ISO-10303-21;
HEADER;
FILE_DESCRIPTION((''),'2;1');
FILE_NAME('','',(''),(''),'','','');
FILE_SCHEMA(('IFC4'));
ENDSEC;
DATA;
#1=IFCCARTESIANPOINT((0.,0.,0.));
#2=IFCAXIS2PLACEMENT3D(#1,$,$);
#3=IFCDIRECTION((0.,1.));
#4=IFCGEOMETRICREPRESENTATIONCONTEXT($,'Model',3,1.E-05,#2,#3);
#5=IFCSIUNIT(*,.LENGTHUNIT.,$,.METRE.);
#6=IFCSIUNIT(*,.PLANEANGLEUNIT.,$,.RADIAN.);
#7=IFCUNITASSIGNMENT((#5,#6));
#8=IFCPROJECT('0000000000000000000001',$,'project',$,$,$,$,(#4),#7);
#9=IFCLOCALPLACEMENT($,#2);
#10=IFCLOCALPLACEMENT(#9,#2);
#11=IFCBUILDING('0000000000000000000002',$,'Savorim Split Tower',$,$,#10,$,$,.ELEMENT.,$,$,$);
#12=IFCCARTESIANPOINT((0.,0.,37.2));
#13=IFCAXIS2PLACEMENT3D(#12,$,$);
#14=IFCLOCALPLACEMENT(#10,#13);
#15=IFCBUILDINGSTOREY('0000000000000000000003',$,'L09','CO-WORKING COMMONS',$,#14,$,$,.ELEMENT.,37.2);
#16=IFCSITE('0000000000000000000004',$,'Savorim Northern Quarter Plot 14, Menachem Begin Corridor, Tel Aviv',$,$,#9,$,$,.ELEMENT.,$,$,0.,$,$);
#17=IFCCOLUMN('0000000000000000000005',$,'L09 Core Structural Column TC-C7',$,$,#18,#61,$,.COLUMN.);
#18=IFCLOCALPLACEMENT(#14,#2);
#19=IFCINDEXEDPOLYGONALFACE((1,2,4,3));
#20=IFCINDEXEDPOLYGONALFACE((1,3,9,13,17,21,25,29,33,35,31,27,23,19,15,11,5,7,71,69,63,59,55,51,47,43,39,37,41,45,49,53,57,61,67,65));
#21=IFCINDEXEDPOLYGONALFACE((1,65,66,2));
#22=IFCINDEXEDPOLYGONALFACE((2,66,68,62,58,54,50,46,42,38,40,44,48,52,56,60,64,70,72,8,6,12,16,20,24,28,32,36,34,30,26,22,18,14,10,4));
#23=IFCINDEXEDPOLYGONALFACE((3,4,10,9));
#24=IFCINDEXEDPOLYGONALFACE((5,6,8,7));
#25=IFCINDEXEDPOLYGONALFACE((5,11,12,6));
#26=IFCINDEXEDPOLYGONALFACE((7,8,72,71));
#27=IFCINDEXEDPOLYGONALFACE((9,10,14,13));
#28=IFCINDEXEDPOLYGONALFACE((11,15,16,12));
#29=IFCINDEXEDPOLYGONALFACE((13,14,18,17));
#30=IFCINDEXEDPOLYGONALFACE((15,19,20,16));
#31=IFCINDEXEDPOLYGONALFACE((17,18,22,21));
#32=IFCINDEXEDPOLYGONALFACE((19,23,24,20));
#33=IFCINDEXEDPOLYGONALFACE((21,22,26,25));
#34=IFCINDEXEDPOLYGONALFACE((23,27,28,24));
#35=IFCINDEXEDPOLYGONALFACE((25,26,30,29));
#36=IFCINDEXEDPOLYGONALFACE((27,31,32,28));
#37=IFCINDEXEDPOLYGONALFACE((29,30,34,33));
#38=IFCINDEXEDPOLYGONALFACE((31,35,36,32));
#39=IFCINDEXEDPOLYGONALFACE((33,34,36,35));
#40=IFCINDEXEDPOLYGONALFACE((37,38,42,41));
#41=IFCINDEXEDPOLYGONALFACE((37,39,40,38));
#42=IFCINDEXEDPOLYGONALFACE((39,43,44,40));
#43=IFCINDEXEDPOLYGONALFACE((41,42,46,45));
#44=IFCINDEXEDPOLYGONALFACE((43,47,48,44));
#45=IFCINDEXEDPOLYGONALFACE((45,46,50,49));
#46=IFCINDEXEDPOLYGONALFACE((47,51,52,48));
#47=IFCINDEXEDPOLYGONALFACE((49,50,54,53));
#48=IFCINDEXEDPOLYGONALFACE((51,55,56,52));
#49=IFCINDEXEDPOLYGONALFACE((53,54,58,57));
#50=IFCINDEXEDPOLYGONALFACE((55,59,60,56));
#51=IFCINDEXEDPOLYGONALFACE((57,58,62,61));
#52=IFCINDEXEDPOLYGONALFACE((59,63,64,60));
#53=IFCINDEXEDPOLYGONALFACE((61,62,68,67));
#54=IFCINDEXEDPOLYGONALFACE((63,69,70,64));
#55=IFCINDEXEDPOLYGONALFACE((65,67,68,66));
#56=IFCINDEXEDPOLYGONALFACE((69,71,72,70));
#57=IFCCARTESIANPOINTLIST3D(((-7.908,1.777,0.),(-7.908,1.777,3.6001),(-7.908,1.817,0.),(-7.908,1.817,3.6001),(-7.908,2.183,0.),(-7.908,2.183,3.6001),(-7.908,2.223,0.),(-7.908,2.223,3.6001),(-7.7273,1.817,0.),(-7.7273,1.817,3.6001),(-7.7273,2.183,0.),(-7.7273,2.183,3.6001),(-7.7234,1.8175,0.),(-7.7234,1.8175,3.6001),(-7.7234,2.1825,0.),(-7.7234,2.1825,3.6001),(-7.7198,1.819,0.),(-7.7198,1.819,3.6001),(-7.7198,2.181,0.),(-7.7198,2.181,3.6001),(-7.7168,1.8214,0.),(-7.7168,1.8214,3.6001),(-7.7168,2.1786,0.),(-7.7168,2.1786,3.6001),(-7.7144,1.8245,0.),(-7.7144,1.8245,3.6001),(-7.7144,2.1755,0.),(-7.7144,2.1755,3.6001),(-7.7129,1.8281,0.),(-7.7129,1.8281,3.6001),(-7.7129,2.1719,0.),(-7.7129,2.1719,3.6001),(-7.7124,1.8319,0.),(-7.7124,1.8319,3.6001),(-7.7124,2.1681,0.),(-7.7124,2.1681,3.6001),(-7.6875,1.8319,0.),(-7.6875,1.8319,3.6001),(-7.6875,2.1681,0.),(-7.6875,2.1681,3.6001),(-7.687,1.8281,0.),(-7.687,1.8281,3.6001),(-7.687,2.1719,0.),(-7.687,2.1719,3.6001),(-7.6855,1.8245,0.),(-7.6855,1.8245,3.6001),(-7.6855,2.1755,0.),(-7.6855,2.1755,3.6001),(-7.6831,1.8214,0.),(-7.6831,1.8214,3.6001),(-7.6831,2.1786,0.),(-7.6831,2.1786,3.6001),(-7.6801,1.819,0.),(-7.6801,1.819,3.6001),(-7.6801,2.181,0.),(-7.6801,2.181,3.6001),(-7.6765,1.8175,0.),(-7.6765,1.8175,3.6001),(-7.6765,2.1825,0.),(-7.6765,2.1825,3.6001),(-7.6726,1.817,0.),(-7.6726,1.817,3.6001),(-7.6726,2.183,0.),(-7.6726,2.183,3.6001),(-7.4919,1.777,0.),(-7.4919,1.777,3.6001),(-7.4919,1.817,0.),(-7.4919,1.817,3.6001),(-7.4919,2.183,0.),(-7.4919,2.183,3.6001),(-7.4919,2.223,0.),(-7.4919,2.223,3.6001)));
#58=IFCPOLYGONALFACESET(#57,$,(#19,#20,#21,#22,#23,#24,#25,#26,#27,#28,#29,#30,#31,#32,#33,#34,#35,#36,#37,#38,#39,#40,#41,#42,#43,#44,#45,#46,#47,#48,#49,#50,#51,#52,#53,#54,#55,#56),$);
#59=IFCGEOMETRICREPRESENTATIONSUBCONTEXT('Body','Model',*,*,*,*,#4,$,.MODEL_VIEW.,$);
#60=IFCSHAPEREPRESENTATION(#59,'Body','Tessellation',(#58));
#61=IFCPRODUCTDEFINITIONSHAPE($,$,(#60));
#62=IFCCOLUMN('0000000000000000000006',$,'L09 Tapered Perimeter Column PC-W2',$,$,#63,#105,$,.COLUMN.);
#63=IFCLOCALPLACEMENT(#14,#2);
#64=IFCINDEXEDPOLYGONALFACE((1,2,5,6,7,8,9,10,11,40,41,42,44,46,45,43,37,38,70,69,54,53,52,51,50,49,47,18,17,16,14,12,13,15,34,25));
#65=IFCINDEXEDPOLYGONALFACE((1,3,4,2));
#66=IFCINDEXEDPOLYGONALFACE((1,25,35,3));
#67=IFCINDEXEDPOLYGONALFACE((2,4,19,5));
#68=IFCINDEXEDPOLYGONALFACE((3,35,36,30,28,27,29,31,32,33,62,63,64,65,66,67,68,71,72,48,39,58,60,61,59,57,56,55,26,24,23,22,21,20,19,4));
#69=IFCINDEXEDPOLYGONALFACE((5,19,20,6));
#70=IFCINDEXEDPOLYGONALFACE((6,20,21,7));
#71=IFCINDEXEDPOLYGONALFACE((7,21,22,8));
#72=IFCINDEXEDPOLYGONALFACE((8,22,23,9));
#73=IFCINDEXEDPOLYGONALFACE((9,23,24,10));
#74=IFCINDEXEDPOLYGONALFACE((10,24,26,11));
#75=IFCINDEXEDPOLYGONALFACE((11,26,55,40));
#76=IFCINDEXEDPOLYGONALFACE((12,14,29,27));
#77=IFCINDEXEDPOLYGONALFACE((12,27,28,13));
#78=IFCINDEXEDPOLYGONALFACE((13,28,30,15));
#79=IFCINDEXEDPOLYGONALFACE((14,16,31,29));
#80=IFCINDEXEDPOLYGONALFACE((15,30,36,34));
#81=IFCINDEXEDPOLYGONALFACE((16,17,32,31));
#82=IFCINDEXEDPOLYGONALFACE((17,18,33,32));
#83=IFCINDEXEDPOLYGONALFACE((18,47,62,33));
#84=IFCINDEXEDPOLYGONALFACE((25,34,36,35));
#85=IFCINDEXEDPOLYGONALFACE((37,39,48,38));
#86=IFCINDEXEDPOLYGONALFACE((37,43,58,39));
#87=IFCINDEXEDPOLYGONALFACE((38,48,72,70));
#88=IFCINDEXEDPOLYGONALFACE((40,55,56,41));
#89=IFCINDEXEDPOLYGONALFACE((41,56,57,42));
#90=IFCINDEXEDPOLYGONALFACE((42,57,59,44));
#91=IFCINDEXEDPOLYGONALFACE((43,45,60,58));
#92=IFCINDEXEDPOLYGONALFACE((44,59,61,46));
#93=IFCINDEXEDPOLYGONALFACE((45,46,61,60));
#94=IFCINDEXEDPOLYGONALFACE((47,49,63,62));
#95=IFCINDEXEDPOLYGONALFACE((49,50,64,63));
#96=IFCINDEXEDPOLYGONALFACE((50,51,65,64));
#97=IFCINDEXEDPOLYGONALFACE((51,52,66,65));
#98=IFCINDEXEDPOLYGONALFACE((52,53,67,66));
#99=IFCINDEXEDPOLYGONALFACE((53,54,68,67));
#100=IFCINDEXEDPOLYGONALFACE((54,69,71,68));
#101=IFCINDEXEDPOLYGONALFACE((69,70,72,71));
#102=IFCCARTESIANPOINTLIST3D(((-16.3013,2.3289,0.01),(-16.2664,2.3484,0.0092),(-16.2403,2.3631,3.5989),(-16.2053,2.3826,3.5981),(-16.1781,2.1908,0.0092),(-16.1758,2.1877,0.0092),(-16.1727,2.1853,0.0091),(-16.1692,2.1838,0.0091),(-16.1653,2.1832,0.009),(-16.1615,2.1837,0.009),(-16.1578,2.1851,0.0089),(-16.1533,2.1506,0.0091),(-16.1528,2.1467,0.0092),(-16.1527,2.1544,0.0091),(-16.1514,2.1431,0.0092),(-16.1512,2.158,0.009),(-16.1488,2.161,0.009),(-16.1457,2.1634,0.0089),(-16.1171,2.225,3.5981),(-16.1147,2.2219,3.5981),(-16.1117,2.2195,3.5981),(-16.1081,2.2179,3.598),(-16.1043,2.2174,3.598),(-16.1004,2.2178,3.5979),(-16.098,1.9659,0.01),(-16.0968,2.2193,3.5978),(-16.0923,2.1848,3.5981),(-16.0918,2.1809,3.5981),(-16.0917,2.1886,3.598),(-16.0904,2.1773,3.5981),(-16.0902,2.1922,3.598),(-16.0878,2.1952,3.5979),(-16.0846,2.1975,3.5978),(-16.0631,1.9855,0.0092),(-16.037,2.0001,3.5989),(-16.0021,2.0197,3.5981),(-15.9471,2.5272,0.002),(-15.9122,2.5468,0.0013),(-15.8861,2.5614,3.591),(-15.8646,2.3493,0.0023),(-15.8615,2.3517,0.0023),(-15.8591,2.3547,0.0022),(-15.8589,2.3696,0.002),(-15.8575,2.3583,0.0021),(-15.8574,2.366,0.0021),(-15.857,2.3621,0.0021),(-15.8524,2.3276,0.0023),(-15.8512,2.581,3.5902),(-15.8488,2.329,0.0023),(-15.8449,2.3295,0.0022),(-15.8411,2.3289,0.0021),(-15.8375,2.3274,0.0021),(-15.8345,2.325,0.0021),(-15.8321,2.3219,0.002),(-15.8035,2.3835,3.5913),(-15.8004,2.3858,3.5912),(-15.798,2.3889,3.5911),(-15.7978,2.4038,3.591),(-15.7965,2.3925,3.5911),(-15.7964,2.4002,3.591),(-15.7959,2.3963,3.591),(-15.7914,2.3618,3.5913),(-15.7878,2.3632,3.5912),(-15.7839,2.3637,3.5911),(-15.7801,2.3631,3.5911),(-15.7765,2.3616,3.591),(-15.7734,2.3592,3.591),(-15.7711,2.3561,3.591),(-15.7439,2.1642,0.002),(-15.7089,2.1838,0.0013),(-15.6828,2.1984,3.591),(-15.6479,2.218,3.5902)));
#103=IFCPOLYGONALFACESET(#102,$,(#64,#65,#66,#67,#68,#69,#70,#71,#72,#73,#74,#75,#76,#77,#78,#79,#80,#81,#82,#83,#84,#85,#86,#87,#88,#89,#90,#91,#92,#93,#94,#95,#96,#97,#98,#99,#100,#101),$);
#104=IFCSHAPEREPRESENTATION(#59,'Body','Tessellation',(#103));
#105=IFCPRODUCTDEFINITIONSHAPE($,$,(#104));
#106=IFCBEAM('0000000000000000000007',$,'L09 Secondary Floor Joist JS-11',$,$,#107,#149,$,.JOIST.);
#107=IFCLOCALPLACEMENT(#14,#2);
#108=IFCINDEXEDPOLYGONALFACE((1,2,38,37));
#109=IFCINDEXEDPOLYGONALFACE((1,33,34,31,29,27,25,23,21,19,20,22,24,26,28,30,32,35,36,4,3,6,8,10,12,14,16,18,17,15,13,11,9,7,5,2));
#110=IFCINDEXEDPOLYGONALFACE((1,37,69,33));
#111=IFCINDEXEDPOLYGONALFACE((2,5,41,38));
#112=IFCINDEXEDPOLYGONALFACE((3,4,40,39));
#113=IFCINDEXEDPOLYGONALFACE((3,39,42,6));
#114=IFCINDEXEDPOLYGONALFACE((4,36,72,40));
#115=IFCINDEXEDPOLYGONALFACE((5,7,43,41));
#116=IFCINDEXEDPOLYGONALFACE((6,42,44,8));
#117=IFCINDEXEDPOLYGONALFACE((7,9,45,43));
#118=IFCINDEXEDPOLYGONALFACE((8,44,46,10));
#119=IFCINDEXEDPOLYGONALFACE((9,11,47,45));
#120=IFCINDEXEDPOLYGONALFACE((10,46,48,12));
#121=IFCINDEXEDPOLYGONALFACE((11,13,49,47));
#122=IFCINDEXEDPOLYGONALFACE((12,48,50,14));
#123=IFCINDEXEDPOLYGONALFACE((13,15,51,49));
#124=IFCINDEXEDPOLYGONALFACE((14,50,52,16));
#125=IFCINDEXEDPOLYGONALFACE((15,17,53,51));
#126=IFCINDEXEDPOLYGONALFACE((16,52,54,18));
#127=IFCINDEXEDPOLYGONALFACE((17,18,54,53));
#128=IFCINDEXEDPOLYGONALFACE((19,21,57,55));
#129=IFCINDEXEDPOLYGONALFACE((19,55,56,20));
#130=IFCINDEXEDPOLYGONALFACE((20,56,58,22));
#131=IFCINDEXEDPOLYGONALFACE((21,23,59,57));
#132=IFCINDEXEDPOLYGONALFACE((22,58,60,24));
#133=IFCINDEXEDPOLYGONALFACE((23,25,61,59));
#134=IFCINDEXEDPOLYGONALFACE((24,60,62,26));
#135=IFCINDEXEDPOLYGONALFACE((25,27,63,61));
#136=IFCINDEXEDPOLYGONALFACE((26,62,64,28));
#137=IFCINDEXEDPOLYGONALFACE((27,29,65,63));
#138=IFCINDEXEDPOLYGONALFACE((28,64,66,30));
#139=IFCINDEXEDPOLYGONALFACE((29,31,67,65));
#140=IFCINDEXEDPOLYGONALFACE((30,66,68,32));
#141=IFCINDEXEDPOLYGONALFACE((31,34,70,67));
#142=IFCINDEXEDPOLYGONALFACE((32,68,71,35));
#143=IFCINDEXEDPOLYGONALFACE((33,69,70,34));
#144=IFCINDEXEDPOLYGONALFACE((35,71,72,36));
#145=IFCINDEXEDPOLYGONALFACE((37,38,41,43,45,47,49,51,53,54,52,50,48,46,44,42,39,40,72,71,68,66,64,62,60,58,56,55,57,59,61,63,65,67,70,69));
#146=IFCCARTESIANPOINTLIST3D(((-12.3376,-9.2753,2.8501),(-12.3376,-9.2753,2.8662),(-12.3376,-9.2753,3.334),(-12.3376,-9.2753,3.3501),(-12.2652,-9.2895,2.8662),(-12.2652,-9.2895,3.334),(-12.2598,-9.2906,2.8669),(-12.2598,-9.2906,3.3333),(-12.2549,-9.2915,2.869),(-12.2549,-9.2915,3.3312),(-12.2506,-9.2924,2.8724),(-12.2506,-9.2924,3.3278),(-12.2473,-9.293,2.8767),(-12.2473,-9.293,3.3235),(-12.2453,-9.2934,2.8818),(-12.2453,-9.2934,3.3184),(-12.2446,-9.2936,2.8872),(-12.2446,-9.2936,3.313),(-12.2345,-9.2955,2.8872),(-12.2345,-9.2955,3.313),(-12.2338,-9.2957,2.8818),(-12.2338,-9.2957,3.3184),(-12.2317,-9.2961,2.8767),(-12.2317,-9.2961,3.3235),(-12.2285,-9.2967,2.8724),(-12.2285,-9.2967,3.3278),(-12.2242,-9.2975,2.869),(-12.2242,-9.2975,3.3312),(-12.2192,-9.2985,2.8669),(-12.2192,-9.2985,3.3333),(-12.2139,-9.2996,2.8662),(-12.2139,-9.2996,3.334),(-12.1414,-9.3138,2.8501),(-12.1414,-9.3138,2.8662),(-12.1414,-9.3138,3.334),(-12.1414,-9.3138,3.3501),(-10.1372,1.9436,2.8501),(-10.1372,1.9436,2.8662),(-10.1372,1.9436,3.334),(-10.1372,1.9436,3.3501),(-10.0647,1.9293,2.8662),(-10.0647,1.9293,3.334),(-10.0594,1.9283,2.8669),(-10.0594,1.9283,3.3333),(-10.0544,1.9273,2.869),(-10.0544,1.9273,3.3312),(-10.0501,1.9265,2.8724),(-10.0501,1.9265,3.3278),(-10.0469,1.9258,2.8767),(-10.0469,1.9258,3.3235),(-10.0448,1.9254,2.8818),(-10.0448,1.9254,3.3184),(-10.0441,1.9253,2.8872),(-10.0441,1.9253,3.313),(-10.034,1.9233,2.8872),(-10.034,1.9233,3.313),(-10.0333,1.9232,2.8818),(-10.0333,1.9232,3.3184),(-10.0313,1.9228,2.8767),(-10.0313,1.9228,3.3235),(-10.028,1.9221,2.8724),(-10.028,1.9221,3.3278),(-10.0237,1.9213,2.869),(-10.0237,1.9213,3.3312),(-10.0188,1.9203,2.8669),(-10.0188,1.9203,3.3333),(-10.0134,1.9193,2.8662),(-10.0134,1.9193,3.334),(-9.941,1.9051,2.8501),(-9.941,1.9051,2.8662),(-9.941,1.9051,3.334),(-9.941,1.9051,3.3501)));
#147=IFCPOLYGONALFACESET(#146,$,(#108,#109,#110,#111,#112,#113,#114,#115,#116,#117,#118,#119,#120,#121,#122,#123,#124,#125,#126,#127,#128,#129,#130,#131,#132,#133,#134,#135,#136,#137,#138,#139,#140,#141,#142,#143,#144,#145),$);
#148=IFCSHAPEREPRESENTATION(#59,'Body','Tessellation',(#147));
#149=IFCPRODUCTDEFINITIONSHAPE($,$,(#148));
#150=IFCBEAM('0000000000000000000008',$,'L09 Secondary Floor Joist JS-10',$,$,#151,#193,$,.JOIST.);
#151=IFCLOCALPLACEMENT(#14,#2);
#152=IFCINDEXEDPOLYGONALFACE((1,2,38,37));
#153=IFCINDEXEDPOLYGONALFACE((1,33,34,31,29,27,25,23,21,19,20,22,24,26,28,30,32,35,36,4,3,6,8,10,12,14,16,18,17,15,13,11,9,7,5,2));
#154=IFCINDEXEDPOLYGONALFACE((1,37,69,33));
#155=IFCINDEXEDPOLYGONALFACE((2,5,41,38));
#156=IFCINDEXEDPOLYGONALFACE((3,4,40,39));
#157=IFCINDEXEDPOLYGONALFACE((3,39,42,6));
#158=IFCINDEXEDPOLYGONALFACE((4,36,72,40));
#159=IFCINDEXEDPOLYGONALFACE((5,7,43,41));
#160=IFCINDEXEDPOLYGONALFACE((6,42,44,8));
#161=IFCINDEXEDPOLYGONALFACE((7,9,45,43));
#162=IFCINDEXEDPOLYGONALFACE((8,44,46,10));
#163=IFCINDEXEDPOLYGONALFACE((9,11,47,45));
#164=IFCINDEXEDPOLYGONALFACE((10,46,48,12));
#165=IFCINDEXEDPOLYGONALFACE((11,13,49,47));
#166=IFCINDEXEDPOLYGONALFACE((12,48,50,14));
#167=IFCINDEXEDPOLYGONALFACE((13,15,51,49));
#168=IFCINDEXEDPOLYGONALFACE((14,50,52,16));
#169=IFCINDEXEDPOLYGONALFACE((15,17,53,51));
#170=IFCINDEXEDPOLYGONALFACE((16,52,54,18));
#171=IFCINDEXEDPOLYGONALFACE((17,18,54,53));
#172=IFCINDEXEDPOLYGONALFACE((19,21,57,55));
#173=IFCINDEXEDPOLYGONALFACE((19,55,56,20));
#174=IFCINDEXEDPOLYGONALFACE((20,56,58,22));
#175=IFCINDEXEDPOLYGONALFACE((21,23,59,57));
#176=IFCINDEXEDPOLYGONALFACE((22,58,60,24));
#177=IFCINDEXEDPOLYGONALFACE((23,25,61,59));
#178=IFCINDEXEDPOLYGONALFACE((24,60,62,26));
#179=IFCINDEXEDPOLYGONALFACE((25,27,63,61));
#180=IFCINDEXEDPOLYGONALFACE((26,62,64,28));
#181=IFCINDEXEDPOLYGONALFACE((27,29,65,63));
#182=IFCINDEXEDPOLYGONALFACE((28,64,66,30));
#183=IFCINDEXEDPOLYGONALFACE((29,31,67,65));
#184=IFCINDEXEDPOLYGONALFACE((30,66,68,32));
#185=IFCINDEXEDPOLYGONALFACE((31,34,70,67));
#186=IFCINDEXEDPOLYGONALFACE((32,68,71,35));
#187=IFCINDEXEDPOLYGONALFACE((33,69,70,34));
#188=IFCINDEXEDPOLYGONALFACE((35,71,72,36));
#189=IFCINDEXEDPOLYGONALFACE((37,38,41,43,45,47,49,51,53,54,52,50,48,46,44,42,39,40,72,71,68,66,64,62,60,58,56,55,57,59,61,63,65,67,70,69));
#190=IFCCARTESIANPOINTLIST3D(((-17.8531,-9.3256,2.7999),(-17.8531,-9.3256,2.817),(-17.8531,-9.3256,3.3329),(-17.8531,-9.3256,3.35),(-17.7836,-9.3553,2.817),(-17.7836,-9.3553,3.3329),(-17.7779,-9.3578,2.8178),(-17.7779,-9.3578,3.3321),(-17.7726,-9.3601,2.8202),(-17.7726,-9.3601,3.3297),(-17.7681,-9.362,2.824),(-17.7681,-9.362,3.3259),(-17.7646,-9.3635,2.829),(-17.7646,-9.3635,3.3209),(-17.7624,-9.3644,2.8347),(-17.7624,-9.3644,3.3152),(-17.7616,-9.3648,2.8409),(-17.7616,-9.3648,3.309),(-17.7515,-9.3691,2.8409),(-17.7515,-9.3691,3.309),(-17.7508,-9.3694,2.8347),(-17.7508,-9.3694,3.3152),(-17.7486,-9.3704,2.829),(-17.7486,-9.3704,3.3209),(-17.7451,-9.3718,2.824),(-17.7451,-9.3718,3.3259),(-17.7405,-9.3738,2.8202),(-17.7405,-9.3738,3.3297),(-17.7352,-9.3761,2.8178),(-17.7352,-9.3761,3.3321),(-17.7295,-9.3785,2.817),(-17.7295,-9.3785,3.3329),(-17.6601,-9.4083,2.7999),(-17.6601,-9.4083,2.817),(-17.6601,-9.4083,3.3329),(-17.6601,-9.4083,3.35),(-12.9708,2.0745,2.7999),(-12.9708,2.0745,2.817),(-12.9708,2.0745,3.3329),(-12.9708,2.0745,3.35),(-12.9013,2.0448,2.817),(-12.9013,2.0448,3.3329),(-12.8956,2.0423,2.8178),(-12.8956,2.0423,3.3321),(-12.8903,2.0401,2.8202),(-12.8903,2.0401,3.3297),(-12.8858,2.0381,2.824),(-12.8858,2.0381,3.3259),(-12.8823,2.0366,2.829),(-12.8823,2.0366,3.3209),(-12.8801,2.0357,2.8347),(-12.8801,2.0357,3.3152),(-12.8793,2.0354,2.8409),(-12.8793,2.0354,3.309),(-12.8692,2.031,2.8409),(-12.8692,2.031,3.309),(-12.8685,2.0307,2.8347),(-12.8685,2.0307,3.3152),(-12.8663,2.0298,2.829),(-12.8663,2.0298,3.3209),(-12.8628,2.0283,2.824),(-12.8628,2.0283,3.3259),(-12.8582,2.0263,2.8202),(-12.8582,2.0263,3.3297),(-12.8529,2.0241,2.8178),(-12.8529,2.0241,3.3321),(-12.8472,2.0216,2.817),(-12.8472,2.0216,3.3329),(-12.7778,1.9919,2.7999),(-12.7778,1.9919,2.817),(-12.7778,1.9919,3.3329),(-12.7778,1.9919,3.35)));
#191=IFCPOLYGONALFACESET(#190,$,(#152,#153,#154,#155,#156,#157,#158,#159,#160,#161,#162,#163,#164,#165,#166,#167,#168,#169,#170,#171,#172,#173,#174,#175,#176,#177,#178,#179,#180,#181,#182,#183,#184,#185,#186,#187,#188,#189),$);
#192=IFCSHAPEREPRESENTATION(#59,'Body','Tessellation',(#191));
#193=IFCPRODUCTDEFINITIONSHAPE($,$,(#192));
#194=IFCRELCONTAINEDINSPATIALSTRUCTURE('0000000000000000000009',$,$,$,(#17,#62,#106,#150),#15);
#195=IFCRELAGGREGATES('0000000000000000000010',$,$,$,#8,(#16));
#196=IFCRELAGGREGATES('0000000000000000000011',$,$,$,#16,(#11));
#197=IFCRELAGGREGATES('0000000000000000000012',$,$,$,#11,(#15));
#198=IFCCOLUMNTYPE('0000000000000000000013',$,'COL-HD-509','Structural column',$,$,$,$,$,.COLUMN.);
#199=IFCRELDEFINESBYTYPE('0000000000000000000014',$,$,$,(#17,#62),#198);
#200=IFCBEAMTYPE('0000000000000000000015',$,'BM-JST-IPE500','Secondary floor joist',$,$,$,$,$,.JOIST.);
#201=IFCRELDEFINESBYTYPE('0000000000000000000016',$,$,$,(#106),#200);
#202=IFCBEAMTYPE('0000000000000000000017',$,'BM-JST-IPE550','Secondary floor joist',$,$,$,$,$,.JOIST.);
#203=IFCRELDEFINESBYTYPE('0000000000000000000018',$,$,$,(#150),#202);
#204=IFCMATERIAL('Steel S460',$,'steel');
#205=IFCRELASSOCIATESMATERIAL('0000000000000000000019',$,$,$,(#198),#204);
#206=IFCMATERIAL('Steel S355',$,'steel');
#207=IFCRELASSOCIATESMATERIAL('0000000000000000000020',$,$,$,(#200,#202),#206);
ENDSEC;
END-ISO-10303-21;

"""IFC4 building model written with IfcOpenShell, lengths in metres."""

from ifc_helpers import new_model, si_unit, direction, frame, origin, origin_2d, place, context, subcontext, project, spatial, i_section, extrude, material, material_profile, profile_set, type_object, element, save


model = new_model("IFC4")

# Units and contexts
model_context = context("Model", 3, precision=1e-05, world=origin(), true_north=direction((0.0, 1.0)))
body_context = subcontext(model_context, "Body", "Model", "MODEL_VIEW")
ifc_project = project(units=[si_unit("LENGTHUNIT", "METRE"), si_unit("PLANEANGLEUNIT", "RADIAN")], contexts=[model_context])

# Site, building, storey
site_placement = place(None, origin())
site = spatial("IfcSite", under=ifc_project, at=site_placement, Name="Savorim Northern Quarter Plot 14, Menachem Begin Corridor, Tel Aviv", CompositionType="ELEMENT", RefElevation=0.0)
building_placement = place(site_placement, origin())
building = spatial("IfcBuilding", under=site, at=building_placement, Name="Savorim Split Tower", CompositionType="ELEMENT")
storey_placement = place(building_placement, frame((0.0, 0.0, 37.2)))
storey = spatial("IfcBuildingStorey", under=building, at=storey_placement, Name="L09", Description="CO-WORKING COMMONS", CompositionType="ELEMENT", Elevation=37.2)

# Columns
ifc_material_1 = material(Name="Steel S460", Category="steel")
ifc_material_profile_1 = material_profile(ifc_material_1, i_section(OverallWidth=0.416, OverallDepth=0.446, WebThickness=0.0249, FlangeThickness=0.04, FilletRadius=0.0149, at=origin_2d()), Name="HD 400x509")
ifc_profile_set_1 = profile_set([ifc_material_profile_1], Name="Steel S460")
column_type = type_object("IfcColumnType", Name="COL-HD-509", Description="Structural column", PredefinedType="COLUMN", material=ifc_profile_set_1)
column_1_placement = place(storey_placement, frame((-7.7, 2.0, 0.0), z_axis=(0.0, 0.0, 1.0), x_axis=(1.0, 0.0, 0.0)))
element("IfcColumn", 1, at=column_1_placement, inside=storey, type_object=column_type, Name="L09 Core Structural Column TC-C7", PredefinedType="COLUMN", context=body_context, shape_type="SweptSolid", body=[
    extrude(i_section(OverallWidth=0.416, OverallDepth=0.446, WebThickness=0.0249, FlangeThickness=0.04, FilletRadius=0.0149, at=origin_2d()), origin(), (0.0, 0.0, 1.0), 3.6001),
])
column_2_placement = place(storey_placement, frame((-16.0051, 2.2563, 0.0056), z_axis=(0.017004, 0.009522, 0.99981), x_axis=(-0.488603, 0.872506, 0.0)))
element("IfcColumn", 2, at=column_2_placement, inside=storey, type_object=column_type, Name="L09 Tapered Perimeter Column PC-W2", PredefinedType="COLUMN", context=body_context, shape_type="SweptSolid", body=[
    extrude(i_section(OverallWidth=0.416, OverallDepth=0.446, WebThickness=0.0249, FlangeThickness=0.04, FilletRadius=0.0149, at=origin_2d()), origin(), (0.0, 0.0, 1.0), 3.5896),
])

# Beams
ifc_material_2 = material(Name="Steel S355", Category="steel")
ifc_material_profile_2 = material_profile(ifc_material_2, i_section(OverallWidth=0.2, OverallDepth=0.5, WebThickness=0.0103, FlangeThickness=0.0161, FilletRadius=0.021, at=origin_2d()), Name="IPE 500")
ifc_profile_set_2 = profile_set([ifc_material_profile_2], Name="Steel S355")
beam_type_1 = type_object("IfcBeamType", Name="BM-JST-IPE500", Description="Secondary floor joist", PredefinedType="JOIST", material=ifc_profile_set_2)
beam_1_placement = place(storey_placement, frame((-10.0391, 1.9243, 3.1001), z_axis=(-0.192472, -0.981302, 0.0), x_axis=(0.981302, -0.192472, 0.0)))
element("IfcBeam", 3, at=beam_1_placement, inside=storey, type_object=beam_type_1, Name="L09 Secondary Floor Joist JS-11", PredefinedType="JOIST", context=body_context, shape_type="SweptSolid", body=[
    extrude(i_section(OverallWidth=0.2, OverallDepth=0.5, WebThickness=0.0103, FlangeThickness=0.0161, FilletRadius=0.021, at=origin_2d()), origin(), (0.0, 0.0, 1.0), 11.4326),
])
ifc_material_profile_3 = material_profile(ifc_material_2, i_section(OverallWidth=0.21, OverallDepth=0.55, WebThickness=0.011, FlangeThickness=0.0171, FilletRadius=0.0239, at=origin_2d()), Name="IPE 550")
ifc_profile_set_3 = profile_set([ifc_material_profile_3], Name="Steel S355")
beam_type_2 = type_object("IfcBeamType", Name="BM-JST-IPE550", Description="Secondary floor joist", PredefinedType="JOIST", material=ifc_profile_set_3)
beam_2_placement = place(storey_placement, frame((-12.8743, 2.0332, 3.075), z_axis=(-0.393684, -0.919246, 0.0), x_axis=(0.919246, -0.393684, 0.0)))
element("IfcBeam", 4, at=beam_2_placement, inside=storey, type_object=beam_type_2, Name="L09 Secondary Floor Joist JS-10", PredefinedType="JOIST", context=body_context, shape_type="SweptSolid", body=[
    extrude(i_section(OverallWidth=0.21, OverallDepth=0.55, WebThickness=0.011, FlangeThickness=0.0171, FilletRadius=0.0239, at=origin_2d()), origin(), (0.0, 0.0, 1.0), 12.4016),
])

save(model, "model.ifc")
